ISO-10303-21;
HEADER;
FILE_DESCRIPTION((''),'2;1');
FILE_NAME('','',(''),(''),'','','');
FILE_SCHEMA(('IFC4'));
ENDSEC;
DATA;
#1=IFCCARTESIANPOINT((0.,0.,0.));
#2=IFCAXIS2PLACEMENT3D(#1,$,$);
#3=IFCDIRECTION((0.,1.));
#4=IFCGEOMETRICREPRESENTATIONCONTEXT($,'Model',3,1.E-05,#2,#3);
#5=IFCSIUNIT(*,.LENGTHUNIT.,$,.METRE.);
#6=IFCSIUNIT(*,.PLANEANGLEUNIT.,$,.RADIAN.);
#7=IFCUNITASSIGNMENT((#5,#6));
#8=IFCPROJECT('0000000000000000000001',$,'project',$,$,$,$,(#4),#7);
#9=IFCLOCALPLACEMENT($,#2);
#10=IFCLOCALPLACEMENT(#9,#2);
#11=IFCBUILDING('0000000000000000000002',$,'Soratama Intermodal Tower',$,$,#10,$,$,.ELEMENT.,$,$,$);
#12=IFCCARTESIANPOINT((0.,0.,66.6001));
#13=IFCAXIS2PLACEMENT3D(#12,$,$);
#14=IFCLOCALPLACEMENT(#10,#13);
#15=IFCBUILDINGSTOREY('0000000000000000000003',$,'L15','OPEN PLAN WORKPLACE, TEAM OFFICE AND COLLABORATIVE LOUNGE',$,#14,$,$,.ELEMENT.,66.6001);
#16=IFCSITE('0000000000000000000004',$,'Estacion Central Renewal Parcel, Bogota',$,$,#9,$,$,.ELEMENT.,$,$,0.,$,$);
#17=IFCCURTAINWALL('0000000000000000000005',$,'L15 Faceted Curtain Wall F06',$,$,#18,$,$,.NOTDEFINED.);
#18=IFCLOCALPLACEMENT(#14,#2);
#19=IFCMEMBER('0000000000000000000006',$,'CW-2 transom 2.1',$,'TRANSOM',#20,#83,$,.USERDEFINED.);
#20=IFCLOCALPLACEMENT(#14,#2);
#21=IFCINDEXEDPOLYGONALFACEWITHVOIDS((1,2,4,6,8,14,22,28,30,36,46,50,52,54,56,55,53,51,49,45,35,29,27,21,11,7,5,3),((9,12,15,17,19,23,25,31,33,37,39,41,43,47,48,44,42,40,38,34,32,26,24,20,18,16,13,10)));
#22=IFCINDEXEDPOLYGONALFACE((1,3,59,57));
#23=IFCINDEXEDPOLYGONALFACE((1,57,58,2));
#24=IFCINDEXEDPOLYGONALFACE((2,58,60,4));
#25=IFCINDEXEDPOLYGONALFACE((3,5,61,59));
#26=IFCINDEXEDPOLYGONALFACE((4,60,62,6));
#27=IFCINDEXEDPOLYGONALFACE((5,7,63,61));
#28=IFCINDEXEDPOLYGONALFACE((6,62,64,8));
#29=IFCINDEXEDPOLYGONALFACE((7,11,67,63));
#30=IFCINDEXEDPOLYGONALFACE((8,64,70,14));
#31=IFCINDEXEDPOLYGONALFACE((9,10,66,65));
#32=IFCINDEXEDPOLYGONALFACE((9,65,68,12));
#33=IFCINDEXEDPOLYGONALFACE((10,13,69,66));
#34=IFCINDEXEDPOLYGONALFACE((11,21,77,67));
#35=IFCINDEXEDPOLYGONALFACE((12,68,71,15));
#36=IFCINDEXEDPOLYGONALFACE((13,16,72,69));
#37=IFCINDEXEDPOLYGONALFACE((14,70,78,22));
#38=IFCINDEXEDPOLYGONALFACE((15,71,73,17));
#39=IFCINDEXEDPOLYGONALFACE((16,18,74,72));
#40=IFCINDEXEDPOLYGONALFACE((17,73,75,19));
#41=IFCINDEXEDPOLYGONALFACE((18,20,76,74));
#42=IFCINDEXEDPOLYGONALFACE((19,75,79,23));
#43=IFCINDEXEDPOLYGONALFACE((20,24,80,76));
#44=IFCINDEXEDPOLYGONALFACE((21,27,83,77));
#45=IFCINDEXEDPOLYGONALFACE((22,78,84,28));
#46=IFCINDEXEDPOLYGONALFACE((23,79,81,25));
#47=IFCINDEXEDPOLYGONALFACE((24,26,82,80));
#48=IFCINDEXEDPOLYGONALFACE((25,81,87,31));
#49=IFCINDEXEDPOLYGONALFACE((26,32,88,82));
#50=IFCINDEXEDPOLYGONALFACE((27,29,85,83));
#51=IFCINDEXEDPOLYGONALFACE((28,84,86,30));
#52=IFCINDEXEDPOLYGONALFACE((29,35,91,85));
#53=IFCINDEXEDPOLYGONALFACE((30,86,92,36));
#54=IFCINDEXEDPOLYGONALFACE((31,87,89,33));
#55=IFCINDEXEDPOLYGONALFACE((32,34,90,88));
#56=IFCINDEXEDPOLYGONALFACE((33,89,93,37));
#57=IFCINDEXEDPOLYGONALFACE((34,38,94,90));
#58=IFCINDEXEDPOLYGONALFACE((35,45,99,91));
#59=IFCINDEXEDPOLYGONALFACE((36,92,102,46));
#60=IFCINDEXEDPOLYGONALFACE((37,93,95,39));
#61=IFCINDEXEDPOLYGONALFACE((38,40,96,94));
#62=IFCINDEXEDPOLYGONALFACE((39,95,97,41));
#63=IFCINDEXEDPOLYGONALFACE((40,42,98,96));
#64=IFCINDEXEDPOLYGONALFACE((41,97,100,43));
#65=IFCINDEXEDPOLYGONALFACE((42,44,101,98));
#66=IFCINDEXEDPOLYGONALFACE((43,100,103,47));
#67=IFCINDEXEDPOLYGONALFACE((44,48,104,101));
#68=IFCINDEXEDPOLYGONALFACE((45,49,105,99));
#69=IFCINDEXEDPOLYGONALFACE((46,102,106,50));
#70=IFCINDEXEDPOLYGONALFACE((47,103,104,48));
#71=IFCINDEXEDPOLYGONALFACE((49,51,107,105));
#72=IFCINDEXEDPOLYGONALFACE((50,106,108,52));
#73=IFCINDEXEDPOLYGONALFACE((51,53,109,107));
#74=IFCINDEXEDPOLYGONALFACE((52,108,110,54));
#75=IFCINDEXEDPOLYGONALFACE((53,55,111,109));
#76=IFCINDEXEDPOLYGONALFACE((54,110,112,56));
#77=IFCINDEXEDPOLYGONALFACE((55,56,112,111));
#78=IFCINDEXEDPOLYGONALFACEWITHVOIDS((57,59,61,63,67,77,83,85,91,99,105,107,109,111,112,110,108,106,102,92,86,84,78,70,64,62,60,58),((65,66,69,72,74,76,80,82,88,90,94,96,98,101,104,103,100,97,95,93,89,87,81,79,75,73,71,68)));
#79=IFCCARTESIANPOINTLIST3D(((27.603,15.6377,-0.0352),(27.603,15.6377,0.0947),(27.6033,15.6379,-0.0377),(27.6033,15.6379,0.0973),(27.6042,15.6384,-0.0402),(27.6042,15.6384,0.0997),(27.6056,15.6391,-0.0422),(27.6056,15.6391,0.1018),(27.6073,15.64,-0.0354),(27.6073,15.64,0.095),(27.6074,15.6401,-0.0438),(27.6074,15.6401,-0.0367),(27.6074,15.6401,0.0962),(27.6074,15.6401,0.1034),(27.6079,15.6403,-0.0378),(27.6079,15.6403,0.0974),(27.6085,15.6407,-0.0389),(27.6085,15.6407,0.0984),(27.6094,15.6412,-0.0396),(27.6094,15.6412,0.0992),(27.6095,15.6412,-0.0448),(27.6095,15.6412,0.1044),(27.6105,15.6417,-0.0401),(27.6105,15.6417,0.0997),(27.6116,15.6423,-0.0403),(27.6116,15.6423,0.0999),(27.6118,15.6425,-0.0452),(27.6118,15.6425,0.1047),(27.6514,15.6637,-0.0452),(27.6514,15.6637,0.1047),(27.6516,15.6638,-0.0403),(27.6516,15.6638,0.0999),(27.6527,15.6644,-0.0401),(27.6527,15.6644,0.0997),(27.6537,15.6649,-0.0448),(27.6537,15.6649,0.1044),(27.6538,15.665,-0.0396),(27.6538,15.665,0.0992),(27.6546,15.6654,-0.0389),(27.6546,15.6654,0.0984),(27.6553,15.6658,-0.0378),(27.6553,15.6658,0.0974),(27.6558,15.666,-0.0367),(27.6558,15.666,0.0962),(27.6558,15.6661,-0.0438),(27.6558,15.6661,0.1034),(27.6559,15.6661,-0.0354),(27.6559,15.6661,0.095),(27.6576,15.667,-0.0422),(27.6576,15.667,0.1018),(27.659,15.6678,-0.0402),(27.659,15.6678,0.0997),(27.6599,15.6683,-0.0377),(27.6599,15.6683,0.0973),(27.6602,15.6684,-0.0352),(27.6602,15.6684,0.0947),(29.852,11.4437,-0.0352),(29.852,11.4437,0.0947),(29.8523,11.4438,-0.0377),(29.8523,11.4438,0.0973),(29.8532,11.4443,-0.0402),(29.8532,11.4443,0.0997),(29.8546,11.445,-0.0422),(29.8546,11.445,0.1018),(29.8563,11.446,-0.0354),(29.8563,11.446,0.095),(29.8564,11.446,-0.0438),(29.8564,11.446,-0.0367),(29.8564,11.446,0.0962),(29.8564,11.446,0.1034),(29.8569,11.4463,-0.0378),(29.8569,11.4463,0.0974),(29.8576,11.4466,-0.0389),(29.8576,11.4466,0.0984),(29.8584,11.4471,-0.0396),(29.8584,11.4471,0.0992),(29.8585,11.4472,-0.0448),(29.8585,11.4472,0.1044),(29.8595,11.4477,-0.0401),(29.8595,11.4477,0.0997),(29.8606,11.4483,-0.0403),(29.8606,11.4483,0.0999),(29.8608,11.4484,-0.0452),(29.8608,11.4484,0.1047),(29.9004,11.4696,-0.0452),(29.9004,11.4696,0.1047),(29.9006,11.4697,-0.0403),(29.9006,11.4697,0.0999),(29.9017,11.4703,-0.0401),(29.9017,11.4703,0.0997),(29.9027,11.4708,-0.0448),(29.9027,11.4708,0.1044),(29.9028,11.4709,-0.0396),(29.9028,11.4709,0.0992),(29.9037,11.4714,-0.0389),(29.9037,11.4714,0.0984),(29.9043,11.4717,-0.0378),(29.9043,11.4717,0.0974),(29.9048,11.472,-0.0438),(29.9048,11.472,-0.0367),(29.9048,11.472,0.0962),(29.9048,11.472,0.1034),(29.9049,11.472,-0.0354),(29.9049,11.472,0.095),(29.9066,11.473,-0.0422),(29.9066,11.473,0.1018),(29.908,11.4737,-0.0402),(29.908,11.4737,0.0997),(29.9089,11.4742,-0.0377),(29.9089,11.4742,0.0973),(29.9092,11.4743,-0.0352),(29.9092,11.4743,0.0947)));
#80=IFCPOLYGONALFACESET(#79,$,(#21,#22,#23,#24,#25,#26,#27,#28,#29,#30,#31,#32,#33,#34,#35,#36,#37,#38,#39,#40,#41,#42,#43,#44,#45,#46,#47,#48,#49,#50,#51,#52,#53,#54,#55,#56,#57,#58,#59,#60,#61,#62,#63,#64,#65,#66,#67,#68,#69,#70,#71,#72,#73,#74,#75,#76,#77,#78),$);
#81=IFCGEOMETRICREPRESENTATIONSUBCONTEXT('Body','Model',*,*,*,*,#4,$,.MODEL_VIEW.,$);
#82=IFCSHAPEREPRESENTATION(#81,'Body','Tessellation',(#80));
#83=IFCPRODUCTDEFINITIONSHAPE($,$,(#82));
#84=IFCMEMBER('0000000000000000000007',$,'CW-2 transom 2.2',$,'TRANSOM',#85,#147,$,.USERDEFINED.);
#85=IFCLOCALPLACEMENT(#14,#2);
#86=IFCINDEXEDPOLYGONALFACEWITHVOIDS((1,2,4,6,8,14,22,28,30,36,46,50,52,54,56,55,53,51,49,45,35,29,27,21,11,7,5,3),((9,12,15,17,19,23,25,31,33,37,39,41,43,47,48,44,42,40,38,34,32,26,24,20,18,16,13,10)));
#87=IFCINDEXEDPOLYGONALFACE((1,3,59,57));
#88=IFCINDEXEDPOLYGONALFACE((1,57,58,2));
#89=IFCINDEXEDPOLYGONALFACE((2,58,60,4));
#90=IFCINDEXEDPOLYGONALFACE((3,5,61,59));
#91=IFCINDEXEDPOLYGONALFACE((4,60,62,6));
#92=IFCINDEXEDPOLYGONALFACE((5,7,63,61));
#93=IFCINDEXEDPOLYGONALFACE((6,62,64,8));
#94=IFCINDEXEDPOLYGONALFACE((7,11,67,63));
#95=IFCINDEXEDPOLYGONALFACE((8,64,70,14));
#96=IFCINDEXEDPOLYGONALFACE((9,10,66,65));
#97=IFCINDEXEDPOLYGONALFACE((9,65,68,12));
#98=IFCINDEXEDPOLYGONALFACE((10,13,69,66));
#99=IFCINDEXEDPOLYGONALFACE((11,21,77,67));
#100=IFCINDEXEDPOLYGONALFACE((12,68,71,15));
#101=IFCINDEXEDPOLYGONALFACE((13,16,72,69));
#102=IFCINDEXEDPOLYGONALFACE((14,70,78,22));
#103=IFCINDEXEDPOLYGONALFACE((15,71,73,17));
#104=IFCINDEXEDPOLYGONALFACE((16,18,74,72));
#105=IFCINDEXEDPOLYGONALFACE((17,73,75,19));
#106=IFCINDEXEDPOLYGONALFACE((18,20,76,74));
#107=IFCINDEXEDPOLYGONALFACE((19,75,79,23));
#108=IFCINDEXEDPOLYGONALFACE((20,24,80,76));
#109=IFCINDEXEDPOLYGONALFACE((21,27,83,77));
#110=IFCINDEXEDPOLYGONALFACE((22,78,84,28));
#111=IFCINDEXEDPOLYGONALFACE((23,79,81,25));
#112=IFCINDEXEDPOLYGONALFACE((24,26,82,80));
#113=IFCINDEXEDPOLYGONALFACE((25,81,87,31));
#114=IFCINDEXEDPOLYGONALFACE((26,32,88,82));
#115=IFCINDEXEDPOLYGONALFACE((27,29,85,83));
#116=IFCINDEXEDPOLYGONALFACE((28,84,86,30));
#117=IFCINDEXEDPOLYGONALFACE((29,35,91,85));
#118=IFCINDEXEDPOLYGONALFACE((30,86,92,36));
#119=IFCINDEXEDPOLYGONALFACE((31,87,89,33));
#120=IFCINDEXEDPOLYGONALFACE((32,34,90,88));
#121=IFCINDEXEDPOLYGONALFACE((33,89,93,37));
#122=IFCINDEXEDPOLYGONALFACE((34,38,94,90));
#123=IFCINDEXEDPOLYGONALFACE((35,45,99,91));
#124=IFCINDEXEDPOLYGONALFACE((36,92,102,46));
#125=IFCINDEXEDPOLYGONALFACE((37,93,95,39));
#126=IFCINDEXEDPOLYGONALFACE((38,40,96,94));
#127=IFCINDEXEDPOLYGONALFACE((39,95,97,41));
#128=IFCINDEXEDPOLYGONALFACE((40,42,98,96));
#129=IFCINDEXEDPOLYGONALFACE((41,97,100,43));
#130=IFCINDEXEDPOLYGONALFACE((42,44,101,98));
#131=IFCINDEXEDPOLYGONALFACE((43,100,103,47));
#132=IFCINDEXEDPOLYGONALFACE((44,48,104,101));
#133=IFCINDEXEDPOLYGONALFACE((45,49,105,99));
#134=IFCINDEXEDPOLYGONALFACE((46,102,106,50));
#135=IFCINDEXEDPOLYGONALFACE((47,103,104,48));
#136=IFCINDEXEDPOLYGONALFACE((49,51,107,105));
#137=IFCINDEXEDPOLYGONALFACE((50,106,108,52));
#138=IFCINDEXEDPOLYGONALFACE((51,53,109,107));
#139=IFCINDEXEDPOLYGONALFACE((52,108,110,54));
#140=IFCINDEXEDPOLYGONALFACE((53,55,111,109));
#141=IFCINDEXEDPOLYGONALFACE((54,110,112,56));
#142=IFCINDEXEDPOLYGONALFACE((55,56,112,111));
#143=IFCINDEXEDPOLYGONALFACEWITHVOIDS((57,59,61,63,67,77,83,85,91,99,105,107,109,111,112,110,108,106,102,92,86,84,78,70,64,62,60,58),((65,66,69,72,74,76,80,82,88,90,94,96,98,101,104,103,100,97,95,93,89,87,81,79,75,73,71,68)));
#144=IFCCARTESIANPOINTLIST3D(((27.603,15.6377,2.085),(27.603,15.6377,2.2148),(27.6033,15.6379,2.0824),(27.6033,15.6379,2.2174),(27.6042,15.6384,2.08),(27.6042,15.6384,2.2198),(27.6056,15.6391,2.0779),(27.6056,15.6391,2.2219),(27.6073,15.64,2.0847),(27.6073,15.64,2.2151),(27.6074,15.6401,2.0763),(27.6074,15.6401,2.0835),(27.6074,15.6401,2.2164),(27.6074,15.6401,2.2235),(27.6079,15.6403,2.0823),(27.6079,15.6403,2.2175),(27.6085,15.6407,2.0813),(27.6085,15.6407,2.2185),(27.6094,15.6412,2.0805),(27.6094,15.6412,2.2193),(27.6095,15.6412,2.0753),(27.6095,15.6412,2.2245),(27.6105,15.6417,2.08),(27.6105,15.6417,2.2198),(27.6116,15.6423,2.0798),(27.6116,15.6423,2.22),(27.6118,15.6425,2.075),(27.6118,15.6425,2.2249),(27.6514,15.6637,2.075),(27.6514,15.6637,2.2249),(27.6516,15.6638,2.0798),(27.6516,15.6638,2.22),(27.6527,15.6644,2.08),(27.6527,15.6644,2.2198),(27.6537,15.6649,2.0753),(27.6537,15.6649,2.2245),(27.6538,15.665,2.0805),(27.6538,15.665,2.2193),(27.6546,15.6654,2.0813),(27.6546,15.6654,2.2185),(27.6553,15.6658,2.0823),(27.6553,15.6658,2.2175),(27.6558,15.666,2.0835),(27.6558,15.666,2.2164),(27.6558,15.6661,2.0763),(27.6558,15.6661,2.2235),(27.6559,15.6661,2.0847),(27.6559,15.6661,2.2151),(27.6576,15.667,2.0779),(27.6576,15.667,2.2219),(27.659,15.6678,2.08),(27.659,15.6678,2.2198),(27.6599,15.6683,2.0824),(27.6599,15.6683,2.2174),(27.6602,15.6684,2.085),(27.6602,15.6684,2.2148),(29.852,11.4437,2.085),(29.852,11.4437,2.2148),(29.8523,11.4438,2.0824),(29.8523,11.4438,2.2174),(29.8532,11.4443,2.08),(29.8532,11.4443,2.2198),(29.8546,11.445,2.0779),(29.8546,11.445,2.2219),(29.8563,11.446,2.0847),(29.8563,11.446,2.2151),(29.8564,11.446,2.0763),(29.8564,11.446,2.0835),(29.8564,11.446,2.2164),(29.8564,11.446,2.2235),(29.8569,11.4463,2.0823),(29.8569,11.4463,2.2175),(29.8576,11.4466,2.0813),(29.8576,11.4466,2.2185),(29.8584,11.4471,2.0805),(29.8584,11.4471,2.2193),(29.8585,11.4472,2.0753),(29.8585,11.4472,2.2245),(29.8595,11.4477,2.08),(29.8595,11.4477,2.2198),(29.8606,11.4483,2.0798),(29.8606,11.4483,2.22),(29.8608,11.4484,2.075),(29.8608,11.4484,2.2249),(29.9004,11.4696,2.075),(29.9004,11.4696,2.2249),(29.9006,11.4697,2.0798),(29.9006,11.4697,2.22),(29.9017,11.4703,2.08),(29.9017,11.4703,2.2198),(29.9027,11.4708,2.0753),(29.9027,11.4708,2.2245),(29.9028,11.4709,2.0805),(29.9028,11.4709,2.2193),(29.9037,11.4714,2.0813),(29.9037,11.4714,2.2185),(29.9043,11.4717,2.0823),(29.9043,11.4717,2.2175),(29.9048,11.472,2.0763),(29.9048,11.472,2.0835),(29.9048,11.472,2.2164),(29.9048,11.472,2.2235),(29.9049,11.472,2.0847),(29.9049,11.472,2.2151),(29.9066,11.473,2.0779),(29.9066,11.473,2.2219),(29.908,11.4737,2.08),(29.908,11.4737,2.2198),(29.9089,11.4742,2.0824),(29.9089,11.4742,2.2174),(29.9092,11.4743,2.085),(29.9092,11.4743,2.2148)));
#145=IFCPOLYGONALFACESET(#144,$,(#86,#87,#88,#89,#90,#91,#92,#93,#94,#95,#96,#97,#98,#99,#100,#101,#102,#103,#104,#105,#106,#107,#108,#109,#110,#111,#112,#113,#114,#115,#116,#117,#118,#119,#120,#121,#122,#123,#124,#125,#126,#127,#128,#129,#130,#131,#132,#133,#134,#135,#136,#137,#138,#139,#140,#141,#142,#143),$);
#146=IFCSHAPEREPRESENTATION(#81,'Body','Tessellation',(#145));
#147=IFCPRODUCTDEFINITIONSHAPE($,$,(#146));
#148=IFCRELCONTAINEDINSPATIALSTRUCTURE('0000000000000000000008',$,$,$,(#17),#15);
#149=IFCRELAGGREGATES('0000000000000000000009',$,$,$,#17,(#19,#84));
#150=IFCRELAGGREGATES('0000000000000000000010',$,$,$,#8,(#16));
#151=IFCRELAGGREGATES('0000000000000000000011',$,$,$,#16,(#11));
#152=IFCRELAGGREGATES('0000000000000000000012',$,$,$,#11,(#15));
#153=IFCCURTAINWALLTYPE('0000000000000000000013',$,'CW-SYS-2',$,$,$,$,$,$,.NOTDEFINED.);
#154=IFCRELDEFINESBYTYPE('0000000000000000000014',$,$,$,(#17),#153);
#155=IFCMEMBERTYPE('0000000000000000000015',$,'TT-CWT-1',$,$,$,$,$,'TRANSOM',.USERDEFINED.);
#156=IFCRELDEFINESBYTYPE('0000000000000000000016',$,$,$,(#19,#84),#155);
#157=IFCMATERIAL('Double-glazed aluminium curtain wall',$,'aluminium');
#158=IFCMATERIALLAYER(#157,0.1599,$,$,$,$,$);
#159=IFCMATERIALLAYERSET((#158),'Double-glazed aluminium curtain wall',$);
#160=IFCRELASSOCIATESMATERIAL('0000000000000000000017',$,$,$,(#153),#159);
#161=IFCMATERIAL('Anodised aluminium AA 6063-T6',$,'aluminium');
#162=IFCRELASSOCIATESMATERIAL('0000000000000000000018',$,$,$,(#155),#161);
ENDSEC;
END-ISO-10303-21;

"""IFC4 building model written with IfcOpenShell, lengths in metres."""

from ifc_helpers import new_model, si_unit, direction, frame, origin, origin_2d, place, context, subcontext, project, spatial, hollow_rectangle, extrude, material, layer, layer_set, material_profile, profile_set, type_object, element, aggregate, save


model = new_model("IFC4")

# Units and contexts
model_context = context("Model", 3, precision=1e-05, world=origin(), true_north=direction((0.0, 1.0)))
body_context = subcontext(model_context, "Body", "Model", "MODEL_VIEW")
ifc_project = project(units=[si_unit("LENGTHUNIT", "METRE"), si_unit("PLANEANGLEUNIT", "RADIAN")], contexts=[model_context])

# Site, building, storey
site_placement = place(None, origin())
site = spatial("IfcSite", under=ifc_project, at=site_placement, Name="Estacion Central Renewal Parcel, Bogota", CompositionType="ELEMENT", RefElevation=0.0)
building_placement = place(site_placement, origin())
building = spatial("IfcBuilding", under=site, at=building_placement, Name="Soratama Intermodal Tower", CompositionType="ELEMENT")
storey_placement = place(building_placement, frame((0.0, 0.0, 66.6001)))
storey = spatial("IfcBuildingStorey", under=building, at=storey_placement, Name="L15", Description="OPEN PLAN WORKPLACE, TEAM OFFICE AND COLLABORATIVE LOUNGE", CompositionType="ELEMENT", Elevation=66.6001)

# Curtain wall
ifc_material_1 = material(Name="Double-glazed aluminium curtain wall", Category="aluminium")
ifc_layer_1 = layer(ifc_material_1, 0.1599)
ifc_layer_set_1 = layer_set([ifc_layer_1], Name="Double-glazed aluminium curtain wall")
curtain_wall_type = type_object("IfcCurtainWallType", Name="CW-SYS-2", PredefinedType="NOTDEFINED", material=ifc_layer_set_1)
curtain_wall_1_placement = place(storey_placement, origin())
curtain_wall_1 = element("IfcCurtainWall", 1, at=curtain_wall_1_placement, inside=storey, type_object=curtain_wall_type, Name="L15 Faceted Curtain Wall F06", PredefinedType="NOTDEFINED")

# Members
ifc_material_2 = material(Name="Anodised aluminium AA 6063-T6", Category="aluminium")
ifc_material_profile_1 = material_profile(ifc_material_2, hollow_rectangle(XDim=0.0649, YDim=0.1499, WallThickness=0.0049, InnerFilletRadius=0.0049, OuterFilletRadius=0.01, at=origin_2d()), Name="CWT150X65X5")
ifc_profile_set_1 = profile_set([ifc_material_profile_1], Name="Anodised aluminium AA 6063-T6")
member_type_1 = type_object("IfcMemberType", Name="TT-CWT-1", ElementType="TRANSOM", PredefinedType="USERDEFINED", material=ifc_profile_set_1)
member_1_placement = place(storey_placement, frame((27.6316, 15.6531, 0.0298), z_axis=(0.472579, -0.881288, 0.0), x_axis=(0.881288, 0.472579, 0.0)))
member_1 = element("IfcMember", 2, at=member_1_placement, type_object=member_type_1, Name="CW-2 transom 2.1", ObjectType="TRANSOM", PredefinedType="USERDEFINED", context=body_context, shape_type="SweptSolid", body=[
    extrude(hollow_rectangle(XDim=0.0649, YDim=0.1499, WallThickness=0.0049, InnerFilletRadius=0.0049, OuterFilletRadius=0.01, at=origin_2d()), origin(), (0.0, 0.0, 1.0), 4.759),
])
member_2_placement = place(storey_placement, frame((27.6316, 15.6531, 2.1499), z_axis=(0.472579, -0.881288, 0.0), x_axis=(0.881288, 0.472579, 0.0)))
member_2 = element("IfcMember", 3, at=member_2_placement, type_object=member_type_1, Name="CW-2 transom 2.2", ObjectType="TRANSOM", PredefinedType="USERDEFINED", context=body_context, shape_type="SweptSolid", body=[
    extrude(hollow_rectangle(XDim=0.0649, YDim=0.1499, WallThickness=0.0049, InnerFilletRadius=0.0049, OuterFilletRadius=0.01, at=origin_2d()), origin(), (0.0, 0.0, 1.0), 4.759),
])

aggregate(curtain_wall_1, [member_1, member_2])

save(model, "model.ifc")
